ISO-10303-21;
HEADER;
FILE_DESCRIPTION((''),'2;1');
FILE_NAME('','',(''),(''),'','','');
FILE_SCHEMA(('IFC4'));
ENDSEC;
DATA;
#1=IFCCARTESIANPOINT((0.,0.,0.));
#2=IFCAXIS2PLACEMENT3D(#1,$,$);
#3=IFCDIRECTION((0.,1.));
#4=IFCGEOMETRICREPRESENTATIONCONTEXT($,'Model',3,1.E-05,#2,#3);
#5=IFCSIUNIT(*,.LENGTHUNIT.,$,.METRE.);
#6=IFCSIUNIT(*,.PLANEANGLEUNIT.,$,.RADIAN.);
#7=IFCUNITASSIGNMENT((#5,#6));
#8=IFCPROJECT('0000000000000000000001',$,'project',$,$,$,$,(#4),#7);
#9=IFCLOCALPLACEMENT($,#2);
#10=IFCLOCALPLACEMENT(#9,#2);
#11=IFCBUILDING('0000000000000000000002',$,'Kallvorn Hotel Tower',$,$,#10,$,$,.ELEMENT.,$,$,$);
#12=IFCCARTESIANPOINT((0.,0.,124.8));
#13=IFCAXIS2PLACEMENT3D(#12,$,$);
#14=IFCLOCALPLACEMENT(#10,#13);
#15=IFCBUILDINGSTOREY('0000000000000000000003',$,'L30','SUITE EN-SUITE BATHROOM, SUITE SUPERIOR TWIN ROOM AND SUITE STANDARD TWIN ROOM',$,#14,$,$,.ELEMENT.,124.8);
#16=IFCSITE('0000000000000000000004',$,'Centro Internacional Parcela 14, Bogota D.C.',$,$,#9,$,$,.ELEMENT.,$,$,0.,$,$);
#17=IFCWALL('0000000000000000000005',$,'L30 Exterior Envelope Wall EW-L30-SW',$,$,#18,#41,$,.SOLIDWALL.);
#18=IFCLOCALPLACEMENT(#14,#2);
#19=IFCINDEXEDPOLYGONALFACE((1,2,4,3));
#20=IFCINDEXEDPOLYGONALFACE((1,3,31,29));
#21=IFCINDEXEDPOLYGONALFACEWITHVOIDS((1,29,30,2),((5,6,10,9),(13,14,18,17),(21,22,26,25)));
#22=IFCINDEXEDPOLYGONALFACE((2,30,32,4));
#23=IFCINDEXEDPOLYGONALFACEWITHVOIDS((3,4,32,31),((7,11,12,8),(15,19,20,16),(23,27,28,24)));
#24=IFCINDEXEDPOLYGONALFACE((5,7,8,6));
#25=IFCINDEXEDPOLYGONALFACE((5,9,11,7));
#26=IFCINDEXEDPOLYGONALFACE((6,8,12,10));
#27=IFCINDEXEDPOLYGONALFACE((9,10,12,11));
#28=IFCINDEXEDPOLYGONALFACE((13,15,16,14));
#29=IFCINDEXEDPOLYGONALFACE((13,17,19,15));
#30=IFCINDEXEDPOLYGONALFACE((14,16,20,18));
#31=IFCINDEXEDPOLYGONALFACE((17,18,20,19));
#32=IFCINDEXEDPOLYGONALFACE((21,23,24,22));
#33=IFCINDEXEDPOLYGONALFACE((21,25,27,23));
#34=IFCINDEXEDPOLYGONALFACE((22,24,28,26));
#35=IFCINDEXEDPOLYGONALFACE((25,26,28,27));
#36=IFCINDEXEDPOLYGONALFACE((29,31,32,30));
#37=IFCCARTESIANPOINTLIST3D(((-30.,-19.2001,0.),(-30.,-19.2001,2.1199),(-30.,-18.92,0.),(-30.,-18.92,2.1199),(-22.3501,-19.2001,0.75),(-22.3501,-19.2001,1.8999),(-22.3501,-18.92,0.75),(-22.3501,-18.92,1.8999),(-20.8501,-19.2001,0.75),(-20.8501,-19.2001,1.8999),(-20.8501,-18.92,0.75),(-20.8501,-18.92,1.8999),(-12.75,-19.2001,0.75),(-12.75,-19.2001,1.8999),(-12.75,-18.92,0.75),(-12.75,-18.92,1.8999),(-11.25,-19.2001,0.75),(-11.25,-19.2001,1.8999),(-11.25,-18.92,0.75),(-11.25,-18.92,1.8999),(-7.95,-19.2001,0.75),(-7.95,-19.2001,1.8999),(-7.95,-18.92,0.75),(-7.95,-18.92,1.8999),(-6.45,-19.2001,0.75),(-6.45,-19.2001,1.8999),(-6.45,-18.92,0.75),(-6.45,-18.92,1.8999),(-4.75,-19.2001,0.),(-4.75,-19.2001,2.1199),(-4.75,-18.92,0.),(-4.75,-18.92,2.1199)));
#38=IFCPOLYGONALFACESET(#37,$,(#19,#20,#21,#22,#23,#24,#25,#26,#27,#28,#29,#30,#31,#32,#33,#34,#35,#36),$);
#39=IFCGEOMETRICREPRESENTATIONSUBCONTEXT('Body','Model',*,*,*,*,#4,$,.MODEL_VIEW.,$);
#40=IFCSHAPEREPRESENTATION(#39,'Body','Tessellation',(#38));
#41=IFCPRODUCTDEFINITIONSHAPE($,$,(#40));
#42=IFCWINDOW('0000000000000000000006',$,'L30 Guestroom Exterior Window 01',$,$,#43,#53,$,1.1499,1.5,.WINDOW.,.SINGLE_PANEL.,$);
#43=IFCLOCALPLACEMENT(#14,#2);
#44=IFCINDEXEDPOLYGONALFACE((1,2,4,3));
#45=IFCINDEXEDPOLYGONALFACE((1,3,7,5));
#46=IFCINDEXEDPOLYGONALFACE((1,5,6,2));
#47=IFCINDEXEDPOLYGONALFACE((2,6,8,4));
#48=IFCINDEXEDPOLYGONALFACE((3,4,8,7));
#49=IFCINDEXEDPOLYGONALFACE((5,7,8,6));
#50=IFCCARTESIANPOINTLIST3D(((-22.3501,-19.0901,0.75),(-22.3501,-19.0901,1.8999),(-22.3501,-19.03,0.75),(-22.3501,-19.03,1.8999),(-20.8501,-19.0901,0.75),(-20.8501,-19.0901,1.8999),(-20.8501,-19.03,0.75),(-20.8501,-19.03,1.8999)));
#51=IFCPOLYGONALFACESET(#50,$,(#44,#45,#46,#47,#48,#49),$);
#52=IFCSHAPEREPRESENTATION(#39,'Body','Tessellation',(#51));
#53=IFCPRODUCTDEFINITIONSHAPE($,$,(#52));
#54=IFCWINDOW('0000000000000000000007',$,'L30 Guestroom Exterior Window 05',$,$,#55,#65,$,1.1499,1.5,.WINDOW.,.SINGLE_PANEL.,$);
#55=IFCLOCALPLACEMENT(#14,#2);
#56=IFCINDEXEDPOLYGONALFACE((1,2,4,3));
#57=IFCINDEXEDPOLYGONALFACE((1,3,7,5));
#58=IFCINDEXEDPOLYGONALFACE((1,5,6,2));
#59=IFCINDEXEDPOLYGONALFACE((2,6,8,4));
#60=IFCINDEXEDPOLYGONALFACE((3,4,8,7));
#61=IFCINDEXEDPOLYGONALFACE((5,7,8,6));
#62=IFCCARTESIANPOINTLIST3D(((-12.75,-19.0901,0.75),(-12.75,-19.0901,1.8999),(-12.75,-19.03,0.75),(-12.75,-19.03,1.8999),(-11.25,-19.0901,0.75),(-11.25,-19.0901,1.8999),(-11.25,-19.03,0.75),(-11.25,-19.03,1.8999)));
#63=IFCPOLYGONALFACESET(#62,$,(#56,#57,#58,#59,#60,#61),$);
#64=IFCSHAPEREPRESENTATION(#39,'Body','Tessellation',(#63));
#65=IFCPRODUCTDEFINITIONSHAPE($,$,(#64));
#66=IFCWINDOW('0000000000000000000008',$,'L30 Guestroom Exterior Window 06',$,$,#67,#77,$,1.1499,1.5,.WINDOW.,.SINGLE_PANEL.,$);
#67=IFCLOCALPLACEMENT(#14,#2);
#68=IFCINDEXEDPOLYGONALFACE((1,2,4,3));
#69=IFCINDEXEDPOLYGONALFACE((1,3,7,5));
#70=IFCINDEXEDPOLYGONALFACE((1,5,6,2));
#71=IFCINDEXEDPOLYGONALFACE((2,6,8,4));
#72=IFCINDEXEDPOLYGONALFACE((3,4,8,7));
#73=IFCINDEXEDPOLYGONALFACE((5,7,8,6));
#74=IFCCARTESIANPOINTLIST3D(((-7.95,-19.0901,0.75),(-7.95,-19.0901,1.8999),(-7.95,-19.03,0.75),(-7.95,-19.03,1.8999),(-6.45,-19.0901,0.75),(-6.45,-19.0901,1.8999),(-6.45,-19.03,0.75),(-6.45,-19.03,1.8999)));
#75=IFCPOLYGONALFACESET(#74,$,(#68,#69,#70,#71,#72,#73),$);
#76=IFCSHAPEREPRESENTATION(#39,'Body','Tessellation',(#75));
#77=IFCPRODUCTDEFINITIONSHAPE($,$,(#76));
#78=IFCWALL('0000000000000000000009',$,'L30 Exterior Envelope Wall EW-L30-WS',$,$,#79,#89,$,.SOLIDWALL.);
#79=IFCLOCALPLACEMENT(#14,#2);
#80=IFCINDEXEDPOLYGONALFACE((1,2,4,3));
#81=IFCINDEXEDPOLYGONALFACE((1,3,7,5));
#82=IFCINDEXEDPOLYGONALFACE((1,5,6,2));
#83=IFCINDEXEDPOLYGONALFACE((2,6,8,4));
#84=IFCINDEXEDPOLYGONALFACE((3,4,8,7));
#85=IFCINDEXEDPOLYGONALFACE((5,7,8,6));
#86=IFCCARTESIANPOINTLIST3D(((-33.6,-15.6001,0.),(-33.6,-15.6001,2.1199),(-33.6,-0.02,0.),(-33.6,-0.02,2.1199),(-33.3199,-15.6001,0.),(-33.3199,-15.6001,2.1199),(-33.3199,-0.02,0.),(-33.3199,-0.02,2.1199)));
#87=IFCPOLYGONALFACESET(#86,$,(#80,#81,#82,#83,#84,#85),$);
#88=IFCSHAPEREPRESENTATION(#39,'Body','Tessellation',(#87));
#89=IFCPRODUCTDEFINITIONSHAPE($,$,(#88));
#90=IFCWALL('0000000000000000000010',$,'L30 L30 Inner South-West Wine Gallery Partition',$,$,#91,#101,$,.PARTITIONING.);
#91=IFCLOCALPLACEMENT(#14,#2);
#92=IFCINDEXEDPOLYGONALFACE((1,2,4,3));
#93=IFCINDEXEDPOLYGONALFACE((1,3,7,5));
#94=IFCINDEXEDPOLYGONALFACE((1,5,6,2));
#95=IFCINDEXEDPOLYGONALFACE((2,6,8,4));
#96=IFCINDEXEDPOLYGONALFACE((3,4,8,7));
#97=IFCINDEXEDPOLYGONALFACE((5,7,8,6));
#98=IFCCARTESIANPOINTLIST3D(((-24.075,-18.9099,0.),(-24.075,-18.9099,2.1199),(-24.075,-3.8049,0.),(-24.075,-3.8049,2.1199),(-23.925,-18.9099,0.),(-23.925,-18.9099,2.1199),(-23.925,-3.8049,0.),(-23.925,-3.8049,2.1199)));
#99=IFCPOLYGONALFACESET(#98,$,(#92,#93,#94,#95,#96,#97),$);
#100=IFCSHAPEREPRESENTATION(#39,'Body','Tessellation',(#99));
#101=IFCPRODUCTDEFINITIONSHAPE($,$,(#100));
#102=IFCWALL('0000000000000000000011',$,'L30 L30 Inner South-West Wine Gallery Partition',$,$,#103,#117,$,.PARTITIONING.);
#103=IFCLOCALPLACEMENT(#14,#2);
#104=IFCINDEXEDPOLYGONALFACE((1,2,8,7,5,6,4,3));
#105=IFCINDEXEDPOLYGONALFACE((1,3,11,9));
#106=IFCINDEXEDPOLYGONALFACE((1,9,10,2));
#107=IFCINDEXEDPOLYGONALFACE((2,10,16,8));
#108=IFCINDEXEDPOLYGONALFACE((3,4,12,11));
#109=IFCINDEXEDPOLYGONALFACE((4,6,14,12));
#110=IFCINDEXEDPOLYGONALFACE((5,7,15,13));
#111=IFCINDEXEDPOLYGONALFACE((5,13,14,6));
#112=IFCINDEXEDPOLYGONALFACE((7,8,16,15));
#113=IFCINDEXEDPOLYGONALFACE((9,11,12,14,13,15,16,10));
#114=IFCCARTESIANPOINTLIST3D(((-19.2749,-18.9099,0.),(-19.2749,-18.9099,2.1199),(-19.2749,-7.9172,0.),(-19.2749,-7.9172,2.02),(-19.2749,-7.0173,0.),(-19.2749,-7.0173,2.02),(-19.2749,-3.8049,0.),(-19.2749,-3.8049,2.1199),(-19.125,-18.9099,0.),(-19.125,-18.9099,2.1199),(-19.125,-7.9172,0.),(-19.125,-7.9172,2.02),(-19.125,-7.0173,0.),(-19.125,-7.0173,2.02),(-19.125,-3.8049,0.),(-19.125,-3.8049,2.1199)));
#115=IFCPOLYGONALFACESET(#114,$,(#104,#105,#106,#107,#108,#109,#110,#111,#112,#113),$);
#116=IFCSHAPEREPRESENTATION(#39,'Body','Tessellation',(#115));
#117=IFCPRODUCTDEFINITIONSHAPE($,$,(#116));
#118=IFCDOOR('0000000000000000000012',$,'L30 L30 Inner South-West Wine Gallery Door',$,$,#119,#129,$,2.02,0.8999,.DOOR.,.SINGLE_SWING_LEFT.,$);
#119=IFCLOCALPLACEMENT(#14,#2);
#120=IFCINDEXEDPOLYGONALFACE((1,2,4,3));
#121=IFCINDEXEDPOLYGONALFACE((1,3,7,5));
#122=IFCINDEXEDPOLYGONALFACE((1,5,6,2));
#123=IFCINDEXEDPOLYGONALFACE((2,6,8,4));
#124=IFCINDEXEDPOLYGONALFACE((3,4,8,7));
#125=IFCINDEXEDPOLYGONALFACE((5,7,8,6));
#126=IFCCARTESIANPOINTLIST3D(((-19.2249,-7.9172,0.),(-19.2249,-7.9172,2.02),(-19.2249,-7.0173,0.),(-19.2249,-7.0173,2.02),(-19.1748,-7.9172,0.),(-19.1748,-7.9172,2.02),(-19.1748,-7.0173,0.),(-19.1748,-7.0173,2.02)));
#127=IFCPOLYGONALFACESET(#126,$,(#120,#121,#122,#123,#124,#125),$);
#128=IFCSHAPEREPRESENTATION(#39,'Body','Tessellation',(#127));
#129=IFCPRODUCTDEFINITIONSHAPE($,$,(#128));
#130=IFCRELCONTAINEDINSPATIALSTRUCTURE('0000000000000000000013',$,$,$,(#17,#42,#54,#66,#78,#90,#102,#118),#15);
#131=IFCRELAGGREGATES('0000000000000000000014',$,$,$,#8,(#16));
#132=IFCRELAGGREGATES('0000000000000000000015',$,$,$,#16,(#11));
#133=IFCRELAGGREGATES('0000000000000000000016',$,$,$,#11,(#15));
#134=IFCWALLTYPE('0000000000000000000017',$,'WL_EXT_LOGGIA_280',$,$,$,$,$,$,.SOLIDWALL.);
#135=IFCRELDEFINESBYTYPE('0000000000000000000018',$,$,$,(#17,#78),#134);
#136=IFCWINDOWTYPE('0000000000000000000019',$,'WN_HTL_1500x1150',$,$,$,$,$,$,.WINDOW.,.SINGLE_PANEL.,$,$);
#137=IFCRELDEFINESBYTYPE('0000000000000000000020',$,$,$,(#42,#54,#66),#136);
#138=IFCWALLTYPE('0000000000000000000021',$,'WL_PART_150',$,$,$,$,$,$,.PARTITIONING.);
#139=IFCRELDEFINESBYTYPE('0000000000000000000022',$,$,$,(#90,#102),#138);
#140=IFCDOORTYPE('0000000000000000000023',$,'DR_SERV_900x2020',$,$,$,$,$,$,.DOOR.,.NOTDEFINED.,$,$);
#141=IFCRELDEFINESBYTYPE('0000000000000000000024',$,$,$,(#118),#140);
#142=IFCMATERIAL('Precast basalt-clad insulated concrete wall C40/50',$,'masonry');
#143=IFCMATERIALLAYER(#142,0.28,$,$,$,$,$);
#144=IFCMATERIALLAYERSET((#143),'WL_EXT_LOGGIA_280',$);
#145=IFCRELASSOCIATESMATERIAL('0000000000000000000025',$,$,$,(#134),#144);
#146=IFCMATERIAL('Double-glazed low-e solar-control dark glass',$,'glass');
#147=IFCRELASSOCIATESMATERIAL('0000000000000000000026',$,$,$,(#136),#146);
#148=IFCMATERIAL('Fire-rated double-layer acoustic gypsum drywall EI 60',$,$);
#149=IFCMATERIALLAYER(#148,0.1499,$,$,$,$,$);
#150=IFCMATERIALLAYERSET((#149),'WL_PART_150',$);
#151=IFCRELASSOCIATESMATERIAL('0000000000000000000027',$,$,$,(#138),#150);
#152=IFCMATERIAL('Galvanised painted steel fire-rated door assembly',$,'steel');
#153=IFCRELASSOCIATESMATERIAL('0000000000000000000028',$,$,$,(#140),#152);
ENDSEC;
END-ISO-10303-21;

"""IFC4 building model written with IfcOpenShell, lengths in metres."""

from ifc_helpers import new_model, si_unit, direction, frame, frame_2d, origin, place, context, subcontext, project, spatial, rectangle, extrude, material, layer, layer_set, type_object, element, fill, save


model = new_model("IFC4")

# Units and contexts
model_context = context("Model", 3, precision=1e-05, world=origin(), true_north=direction((0.0, 1.0)))
body_context = subcontext(model_context, "Body", "Model", "MODEL_VIEW")
ifc_project = project(units=[si_unit("LENGTHUNIT", "METRE"), si_unit("PLANEANGLEUNIT", "RADIAN")], contexts=[model_context])

# Site, building, storey
site_placement = place(None, origin())
site = spatial("IfcSite", under=ifc_project, at=site_placement, Name="Centro Internacional Parcela 14, Bogota D.C.", CompositionType="ELEMENT", RefElevation=0.0)
building_placement = place(site_placement, origin())
building = spatial("IfcBuilding", under=site, at=building_placement, Name="Kallvorn Hotel Tower", CompositionType="ELEMENT")
storey_placement = place(building_placement, frame((0.0, 0.0, 124.8)))
storey = spatial("IfcBuildingStorey", under=building, at=storey_placement, Name="L30", Description="SUITE EN-SUITE BATHROOM, SUITE SUPERIOR TWIN ROOM AND SUITE STANDARD TWIN ROOM", CompositionType="ELEMENT", Elevation=124.8)

# Shared definitions
ifc_material_1 = material(Name="Precast basalt-clad insulated concrete wall C40/50", Category="masonry")
ifc_layer_1 = layer(ifc_material_1, 0.28)
ifc_layer_set_1 = layer_set([ifc_layer_1], Name="WL_EXT_LOGGIA_280")
wall_type_1 = type_object("IfcWallType", Name="WL_EXT_LOGGIA_280", PredefinedType="SOLIDWALL", material=ifc_layer_set_1)

# Wall, openings, windows
wall_1_placement = place(storey_placement, frame((-30.0, -19.0601, 0.0), z_axis=(0.0, 0.0, 1.0), x_axis=(1.0, 0.0, 0.0)))
wall_1 = element("IfcWall", 1, at=wall_1_placement, inside=storey, type_object=wall_type_1, Name="L30 Exterior Envelope Wall EW-L30-SW", PredefinedType="SOLIDWALL", context=body_context, shape_type="SweptSolid", body=[
    extrude(rectangle(XDim=25.25, YDim=0.28, at=frame_2d((12.625, 0.0))), origin(), (0.0, 0.0, 1.0), 2.1199),
])
opening_1_placement = place(wall_1_placement, frame((7.6499, 0.0, 0.75)))
opening_1 = element("IfcOpeningElement", 2, at=opening_1_placement, cuts=wall_1, PredefinedType="OPENING", context=body_context, shape_type="SweptSolid", body=[
    extrude(rectangle(XDim=1.5, YDim=1.1499, at=frame_2d((0.75, 0.575))), frame((0.0, 0.155, 0.0), z_axis=(0.0, -1.0, 0.0), x_axis=(1.0, 0.0, 0.0)), (0.0, 0.0, 1.0), 0.3101),
])
opening_2_placement = place(wall_1_placement, frame((17.25, 0.0, 0.75)))
opening_2 = element("IfcOpeningElement", 3, at=opening_2_placement, cuts=wall_1, PredefinedType="OPENING", context=body_context, shape_type="SweptSolid", body=[
    extrude(rectangle(XDim=1.5, YDim=1.1499, at=frame_2d((0.75, 0.575))), frame((0.0, 0.155, 0.0), z_axis=(0.0, -1.0, 0.0), x_axis=(1.0, 0.0, 0.0)), (0.0, 0.0, 1.0), 0.3101),
])
opening_3_placement = place(wall_1_placement, frame((22.05, 0.0, 0.75)))
opening_3 = element("IfcOpeningElement", 4, at=opening_3_placement, cuts=wall_1, PredefinedType="OPENING", context=body_context, shape_type="SweptSolid", body=[
    extrude(rectangle(XDim=1.5, YDim=1.1499, at=frame_2d((0.75, 0.575))), frame((0.0, 0.155, 0.0), z_axis=(0.0, -1.0, 0.0), x_axis=(1.0, 0.0, 0.0)), (0.0, 0.0, 1.0), 0.3101),
])
ifc_material_2 = material(Name="Double-glazed low-e solar-control dark glass", Category="glass")
window_type = type_object("IfcWindowType", Name="WN_HTL_1500x1150", PartitioningType="SINGLE_PANEL", PredefinedType="WINDOW", material=ifc_material_2)
window_1_placement = place(opening_1_placement, origin())
window_1 = element("IfcWindow", 5, at=window_1_placement, inside=storey, type_object=window_type, Name="L30 Guestroom Exterior Window 01", OverallHeight=1.1499, OverallWidth=1.5, PartitioningType="SINGLE_PANEL", PredefinedType="WINDOW", context=body_context, shape_type="SweptSolid", body=[
    extrude(rectangle(XDim=1.5, YDim=1.1499, at=frame_2d((0.75, 0.575))), frame((0.0, 0.03, 0.0), z_axis=(0.0, -1.0, 0.0), x_axis=(1.0, 0.0, 0.0)), (0.0, 0.0, 1.0), 0.0601),
])
fill(opening_1, window_1)
window_2_placement = place(opening_2_placement, origin())
window_2 = element("IfcWindow", 6, at=window_2_placement, inside=storey, type_object=window_type, Name="L30 Guestroom Exterior Window 05", OverallHeight=1.1499, OverallWidth=1.5, PartitioningType="SINGLE_PANEL", PredefinedType="WINDOW", context=body_context, shape_type="SweptSolid", body=[
    extrude(rectangle(XDim=1.5, YDim=1.1499, at=frame_2d((0.75, 0.575))), frame((0.0, 0.03, 0.0), z_axis=(0.0, -1.0, 0.0), x_axis=(1.0, 0.0, 0.0)), (0.0, 0.0, 1.0), 0.0601),
])
fill(opening_2, window_2)
window_3_placement = place(opening_3_placement, origin())
window_3 = element("IfcWindow", 7, at=window_3_placement, inside=storey, type_object=window_type, Name="L30 Guestroom Exterior Window 06", OverallHeight=1.1499, OverallWidth=1.5, PartitioningType="SINGLE_PANEL", PredefinedType="WINDOW", context=body_context, shape_type="SweptSolid", body=[
    extrude(rectangle(XDim=1.5, YDim=1.1499, at=frame_2d((0.75, 0.575))), frame((0.0, 0.03, 0.0), z_axis=(0.0, -1.0, 0.0), x_axis=(1.0, 0.0, 0.0)), (0.0, 0.0, 1.0), 0.0601),
])
fill(opening_3, window_3)

# Walls
wall_2_placement = place(storey_placement, frame((-33.46, -15.6001, 0.0), z_axis=(0.0, 0.0, 1.0), x_axis=(0.0, 1.0, 0.0)))
element("IfcWall", 8, at=wall_2_placement, inside=storey, type_object=wall_type_1, Name="L30 Exterior Envelope Wall EW-L30-WS", PredefinedType="SOLIDWALL", context=body_context, shape_type="SweptSolid", body=[
    extrude(rectangle(XDim=15.5801, YDim=0.28, at=frame_2d((7.79, 0.0))), origin(), (0.0, 0.0, 1.0), 2.1199),
])
ifc_material_3 = material(Name="Fire-rated double-layer acoustic gypsum drywall EI 60")
ifc_layer_2 = layer(ifc_material_3, 0.1499)
ifc_layer_set_2 = layer_set([ifc_layer_2], Name="WL_PART_150")
wall_type_2 = type_object("IfcWallType", Name="WL_PART_150", PredefinedType="PARTITIONING", material=ifc_layer_set_2)
wall_3_placement = place(storey_placement, frame((-24.0, -18.9099, 0.0), z_axis=(0.0, 0.0, 1.0), x_axis=(0.0, 1.0, 0.0)))
element("IfcWall", 9, at=wall_3_placement, inside=storey, type_object=wall_type_2, Name="L30 L30 Inner South-West Wine Gallery Partition", PredefinedType="PARTITIONING", context=body_context, shape_type="SweptSolid", body=[
    extrude(rectangle(XDim=15.105, YDim=0.1499, at=frame_2d((7.5525, 0.0))), origin(), (0.0, 0.0, 1.0), 2.1199),
])

# Wall, opening, door
wall_4_placement = place(storey_placement, frame((-19.2, -18.9099, 0.0), z_axis=(0.0, 0.0, 1.0), x_axis=(0.0, 1.0, 0.0)))
wall_4 = element("IfcWall", 10, at=wall_4_placement, inside=storey, type_object=wall_type_2, Name="L30 L30 Inner South-West Wine Gallery Partition", PredefinedType="PARTITIONING", context=body_context, shape_type="SweptSolid", body=[
    extrude(rectangle(XDim=15.105, YDim=0.1499, at=frame_2d((7.5525, 0.0))), origin(), (0.0, 0.0, 1.0), 2.1199),
])
opening_4_placement = place(wall_4_placement, frame((10.9927, 0.0, 0.0)))
opening_4 = element("IfcOpeningElement", 11, at=opening_4_placement, cuts=wall_4, PredefinedType="OPENING", context=body_context, shape_type="SweptSolid", body=[
    extrude(rectangle(XDim=0.8999, YDim=2.02, at=frame_2d((0.45, 1.01))), frame((0.0, 0.0898, 0.0), z_axis=(0.0, -1.0, 0.0), x_axis=(1.0, 0.0, 0.0)), (0.0, 0.0, 1.0), 0.1799),
])
ifc_material_4 = material(Name="Galvanised painted steel fire-rated door assembly", Category="steel")
door_type = type_object("IfcDoorType", Name="DR_SERV_900x2020", OperationType="NOTDEFINED", PredefinedType="DOOR", material=ifc_material_4)
door_placement = place(opening_4_placement, origin())
door = element("IfcDoor", 12, at=door_placement, inside=storey, type_object=door_type, Name="L30 L30 Inner South-West Wine Gallery Door", OperationType="SINGLE_SWING_LEFT", OverallHeight=2.02, OverallWidth=0.8999, PredefinedType="DOOR", context=body_context, shape_type="SweptSolid", body=[
    extrude(rectangle(XDim=0.8999, YDim=2.02, at=frame_2d((0.45, 1.01))), frame((0.0, 0.0249, 0.0), z_axis=(0.0, -1.0, 0.0), x_axis=(1.0, 0.0, 0.0)), (0.0, 0.0, 1.0), 0.05),
])
fill(opening_4, door)

save(model, "model.ifc")
